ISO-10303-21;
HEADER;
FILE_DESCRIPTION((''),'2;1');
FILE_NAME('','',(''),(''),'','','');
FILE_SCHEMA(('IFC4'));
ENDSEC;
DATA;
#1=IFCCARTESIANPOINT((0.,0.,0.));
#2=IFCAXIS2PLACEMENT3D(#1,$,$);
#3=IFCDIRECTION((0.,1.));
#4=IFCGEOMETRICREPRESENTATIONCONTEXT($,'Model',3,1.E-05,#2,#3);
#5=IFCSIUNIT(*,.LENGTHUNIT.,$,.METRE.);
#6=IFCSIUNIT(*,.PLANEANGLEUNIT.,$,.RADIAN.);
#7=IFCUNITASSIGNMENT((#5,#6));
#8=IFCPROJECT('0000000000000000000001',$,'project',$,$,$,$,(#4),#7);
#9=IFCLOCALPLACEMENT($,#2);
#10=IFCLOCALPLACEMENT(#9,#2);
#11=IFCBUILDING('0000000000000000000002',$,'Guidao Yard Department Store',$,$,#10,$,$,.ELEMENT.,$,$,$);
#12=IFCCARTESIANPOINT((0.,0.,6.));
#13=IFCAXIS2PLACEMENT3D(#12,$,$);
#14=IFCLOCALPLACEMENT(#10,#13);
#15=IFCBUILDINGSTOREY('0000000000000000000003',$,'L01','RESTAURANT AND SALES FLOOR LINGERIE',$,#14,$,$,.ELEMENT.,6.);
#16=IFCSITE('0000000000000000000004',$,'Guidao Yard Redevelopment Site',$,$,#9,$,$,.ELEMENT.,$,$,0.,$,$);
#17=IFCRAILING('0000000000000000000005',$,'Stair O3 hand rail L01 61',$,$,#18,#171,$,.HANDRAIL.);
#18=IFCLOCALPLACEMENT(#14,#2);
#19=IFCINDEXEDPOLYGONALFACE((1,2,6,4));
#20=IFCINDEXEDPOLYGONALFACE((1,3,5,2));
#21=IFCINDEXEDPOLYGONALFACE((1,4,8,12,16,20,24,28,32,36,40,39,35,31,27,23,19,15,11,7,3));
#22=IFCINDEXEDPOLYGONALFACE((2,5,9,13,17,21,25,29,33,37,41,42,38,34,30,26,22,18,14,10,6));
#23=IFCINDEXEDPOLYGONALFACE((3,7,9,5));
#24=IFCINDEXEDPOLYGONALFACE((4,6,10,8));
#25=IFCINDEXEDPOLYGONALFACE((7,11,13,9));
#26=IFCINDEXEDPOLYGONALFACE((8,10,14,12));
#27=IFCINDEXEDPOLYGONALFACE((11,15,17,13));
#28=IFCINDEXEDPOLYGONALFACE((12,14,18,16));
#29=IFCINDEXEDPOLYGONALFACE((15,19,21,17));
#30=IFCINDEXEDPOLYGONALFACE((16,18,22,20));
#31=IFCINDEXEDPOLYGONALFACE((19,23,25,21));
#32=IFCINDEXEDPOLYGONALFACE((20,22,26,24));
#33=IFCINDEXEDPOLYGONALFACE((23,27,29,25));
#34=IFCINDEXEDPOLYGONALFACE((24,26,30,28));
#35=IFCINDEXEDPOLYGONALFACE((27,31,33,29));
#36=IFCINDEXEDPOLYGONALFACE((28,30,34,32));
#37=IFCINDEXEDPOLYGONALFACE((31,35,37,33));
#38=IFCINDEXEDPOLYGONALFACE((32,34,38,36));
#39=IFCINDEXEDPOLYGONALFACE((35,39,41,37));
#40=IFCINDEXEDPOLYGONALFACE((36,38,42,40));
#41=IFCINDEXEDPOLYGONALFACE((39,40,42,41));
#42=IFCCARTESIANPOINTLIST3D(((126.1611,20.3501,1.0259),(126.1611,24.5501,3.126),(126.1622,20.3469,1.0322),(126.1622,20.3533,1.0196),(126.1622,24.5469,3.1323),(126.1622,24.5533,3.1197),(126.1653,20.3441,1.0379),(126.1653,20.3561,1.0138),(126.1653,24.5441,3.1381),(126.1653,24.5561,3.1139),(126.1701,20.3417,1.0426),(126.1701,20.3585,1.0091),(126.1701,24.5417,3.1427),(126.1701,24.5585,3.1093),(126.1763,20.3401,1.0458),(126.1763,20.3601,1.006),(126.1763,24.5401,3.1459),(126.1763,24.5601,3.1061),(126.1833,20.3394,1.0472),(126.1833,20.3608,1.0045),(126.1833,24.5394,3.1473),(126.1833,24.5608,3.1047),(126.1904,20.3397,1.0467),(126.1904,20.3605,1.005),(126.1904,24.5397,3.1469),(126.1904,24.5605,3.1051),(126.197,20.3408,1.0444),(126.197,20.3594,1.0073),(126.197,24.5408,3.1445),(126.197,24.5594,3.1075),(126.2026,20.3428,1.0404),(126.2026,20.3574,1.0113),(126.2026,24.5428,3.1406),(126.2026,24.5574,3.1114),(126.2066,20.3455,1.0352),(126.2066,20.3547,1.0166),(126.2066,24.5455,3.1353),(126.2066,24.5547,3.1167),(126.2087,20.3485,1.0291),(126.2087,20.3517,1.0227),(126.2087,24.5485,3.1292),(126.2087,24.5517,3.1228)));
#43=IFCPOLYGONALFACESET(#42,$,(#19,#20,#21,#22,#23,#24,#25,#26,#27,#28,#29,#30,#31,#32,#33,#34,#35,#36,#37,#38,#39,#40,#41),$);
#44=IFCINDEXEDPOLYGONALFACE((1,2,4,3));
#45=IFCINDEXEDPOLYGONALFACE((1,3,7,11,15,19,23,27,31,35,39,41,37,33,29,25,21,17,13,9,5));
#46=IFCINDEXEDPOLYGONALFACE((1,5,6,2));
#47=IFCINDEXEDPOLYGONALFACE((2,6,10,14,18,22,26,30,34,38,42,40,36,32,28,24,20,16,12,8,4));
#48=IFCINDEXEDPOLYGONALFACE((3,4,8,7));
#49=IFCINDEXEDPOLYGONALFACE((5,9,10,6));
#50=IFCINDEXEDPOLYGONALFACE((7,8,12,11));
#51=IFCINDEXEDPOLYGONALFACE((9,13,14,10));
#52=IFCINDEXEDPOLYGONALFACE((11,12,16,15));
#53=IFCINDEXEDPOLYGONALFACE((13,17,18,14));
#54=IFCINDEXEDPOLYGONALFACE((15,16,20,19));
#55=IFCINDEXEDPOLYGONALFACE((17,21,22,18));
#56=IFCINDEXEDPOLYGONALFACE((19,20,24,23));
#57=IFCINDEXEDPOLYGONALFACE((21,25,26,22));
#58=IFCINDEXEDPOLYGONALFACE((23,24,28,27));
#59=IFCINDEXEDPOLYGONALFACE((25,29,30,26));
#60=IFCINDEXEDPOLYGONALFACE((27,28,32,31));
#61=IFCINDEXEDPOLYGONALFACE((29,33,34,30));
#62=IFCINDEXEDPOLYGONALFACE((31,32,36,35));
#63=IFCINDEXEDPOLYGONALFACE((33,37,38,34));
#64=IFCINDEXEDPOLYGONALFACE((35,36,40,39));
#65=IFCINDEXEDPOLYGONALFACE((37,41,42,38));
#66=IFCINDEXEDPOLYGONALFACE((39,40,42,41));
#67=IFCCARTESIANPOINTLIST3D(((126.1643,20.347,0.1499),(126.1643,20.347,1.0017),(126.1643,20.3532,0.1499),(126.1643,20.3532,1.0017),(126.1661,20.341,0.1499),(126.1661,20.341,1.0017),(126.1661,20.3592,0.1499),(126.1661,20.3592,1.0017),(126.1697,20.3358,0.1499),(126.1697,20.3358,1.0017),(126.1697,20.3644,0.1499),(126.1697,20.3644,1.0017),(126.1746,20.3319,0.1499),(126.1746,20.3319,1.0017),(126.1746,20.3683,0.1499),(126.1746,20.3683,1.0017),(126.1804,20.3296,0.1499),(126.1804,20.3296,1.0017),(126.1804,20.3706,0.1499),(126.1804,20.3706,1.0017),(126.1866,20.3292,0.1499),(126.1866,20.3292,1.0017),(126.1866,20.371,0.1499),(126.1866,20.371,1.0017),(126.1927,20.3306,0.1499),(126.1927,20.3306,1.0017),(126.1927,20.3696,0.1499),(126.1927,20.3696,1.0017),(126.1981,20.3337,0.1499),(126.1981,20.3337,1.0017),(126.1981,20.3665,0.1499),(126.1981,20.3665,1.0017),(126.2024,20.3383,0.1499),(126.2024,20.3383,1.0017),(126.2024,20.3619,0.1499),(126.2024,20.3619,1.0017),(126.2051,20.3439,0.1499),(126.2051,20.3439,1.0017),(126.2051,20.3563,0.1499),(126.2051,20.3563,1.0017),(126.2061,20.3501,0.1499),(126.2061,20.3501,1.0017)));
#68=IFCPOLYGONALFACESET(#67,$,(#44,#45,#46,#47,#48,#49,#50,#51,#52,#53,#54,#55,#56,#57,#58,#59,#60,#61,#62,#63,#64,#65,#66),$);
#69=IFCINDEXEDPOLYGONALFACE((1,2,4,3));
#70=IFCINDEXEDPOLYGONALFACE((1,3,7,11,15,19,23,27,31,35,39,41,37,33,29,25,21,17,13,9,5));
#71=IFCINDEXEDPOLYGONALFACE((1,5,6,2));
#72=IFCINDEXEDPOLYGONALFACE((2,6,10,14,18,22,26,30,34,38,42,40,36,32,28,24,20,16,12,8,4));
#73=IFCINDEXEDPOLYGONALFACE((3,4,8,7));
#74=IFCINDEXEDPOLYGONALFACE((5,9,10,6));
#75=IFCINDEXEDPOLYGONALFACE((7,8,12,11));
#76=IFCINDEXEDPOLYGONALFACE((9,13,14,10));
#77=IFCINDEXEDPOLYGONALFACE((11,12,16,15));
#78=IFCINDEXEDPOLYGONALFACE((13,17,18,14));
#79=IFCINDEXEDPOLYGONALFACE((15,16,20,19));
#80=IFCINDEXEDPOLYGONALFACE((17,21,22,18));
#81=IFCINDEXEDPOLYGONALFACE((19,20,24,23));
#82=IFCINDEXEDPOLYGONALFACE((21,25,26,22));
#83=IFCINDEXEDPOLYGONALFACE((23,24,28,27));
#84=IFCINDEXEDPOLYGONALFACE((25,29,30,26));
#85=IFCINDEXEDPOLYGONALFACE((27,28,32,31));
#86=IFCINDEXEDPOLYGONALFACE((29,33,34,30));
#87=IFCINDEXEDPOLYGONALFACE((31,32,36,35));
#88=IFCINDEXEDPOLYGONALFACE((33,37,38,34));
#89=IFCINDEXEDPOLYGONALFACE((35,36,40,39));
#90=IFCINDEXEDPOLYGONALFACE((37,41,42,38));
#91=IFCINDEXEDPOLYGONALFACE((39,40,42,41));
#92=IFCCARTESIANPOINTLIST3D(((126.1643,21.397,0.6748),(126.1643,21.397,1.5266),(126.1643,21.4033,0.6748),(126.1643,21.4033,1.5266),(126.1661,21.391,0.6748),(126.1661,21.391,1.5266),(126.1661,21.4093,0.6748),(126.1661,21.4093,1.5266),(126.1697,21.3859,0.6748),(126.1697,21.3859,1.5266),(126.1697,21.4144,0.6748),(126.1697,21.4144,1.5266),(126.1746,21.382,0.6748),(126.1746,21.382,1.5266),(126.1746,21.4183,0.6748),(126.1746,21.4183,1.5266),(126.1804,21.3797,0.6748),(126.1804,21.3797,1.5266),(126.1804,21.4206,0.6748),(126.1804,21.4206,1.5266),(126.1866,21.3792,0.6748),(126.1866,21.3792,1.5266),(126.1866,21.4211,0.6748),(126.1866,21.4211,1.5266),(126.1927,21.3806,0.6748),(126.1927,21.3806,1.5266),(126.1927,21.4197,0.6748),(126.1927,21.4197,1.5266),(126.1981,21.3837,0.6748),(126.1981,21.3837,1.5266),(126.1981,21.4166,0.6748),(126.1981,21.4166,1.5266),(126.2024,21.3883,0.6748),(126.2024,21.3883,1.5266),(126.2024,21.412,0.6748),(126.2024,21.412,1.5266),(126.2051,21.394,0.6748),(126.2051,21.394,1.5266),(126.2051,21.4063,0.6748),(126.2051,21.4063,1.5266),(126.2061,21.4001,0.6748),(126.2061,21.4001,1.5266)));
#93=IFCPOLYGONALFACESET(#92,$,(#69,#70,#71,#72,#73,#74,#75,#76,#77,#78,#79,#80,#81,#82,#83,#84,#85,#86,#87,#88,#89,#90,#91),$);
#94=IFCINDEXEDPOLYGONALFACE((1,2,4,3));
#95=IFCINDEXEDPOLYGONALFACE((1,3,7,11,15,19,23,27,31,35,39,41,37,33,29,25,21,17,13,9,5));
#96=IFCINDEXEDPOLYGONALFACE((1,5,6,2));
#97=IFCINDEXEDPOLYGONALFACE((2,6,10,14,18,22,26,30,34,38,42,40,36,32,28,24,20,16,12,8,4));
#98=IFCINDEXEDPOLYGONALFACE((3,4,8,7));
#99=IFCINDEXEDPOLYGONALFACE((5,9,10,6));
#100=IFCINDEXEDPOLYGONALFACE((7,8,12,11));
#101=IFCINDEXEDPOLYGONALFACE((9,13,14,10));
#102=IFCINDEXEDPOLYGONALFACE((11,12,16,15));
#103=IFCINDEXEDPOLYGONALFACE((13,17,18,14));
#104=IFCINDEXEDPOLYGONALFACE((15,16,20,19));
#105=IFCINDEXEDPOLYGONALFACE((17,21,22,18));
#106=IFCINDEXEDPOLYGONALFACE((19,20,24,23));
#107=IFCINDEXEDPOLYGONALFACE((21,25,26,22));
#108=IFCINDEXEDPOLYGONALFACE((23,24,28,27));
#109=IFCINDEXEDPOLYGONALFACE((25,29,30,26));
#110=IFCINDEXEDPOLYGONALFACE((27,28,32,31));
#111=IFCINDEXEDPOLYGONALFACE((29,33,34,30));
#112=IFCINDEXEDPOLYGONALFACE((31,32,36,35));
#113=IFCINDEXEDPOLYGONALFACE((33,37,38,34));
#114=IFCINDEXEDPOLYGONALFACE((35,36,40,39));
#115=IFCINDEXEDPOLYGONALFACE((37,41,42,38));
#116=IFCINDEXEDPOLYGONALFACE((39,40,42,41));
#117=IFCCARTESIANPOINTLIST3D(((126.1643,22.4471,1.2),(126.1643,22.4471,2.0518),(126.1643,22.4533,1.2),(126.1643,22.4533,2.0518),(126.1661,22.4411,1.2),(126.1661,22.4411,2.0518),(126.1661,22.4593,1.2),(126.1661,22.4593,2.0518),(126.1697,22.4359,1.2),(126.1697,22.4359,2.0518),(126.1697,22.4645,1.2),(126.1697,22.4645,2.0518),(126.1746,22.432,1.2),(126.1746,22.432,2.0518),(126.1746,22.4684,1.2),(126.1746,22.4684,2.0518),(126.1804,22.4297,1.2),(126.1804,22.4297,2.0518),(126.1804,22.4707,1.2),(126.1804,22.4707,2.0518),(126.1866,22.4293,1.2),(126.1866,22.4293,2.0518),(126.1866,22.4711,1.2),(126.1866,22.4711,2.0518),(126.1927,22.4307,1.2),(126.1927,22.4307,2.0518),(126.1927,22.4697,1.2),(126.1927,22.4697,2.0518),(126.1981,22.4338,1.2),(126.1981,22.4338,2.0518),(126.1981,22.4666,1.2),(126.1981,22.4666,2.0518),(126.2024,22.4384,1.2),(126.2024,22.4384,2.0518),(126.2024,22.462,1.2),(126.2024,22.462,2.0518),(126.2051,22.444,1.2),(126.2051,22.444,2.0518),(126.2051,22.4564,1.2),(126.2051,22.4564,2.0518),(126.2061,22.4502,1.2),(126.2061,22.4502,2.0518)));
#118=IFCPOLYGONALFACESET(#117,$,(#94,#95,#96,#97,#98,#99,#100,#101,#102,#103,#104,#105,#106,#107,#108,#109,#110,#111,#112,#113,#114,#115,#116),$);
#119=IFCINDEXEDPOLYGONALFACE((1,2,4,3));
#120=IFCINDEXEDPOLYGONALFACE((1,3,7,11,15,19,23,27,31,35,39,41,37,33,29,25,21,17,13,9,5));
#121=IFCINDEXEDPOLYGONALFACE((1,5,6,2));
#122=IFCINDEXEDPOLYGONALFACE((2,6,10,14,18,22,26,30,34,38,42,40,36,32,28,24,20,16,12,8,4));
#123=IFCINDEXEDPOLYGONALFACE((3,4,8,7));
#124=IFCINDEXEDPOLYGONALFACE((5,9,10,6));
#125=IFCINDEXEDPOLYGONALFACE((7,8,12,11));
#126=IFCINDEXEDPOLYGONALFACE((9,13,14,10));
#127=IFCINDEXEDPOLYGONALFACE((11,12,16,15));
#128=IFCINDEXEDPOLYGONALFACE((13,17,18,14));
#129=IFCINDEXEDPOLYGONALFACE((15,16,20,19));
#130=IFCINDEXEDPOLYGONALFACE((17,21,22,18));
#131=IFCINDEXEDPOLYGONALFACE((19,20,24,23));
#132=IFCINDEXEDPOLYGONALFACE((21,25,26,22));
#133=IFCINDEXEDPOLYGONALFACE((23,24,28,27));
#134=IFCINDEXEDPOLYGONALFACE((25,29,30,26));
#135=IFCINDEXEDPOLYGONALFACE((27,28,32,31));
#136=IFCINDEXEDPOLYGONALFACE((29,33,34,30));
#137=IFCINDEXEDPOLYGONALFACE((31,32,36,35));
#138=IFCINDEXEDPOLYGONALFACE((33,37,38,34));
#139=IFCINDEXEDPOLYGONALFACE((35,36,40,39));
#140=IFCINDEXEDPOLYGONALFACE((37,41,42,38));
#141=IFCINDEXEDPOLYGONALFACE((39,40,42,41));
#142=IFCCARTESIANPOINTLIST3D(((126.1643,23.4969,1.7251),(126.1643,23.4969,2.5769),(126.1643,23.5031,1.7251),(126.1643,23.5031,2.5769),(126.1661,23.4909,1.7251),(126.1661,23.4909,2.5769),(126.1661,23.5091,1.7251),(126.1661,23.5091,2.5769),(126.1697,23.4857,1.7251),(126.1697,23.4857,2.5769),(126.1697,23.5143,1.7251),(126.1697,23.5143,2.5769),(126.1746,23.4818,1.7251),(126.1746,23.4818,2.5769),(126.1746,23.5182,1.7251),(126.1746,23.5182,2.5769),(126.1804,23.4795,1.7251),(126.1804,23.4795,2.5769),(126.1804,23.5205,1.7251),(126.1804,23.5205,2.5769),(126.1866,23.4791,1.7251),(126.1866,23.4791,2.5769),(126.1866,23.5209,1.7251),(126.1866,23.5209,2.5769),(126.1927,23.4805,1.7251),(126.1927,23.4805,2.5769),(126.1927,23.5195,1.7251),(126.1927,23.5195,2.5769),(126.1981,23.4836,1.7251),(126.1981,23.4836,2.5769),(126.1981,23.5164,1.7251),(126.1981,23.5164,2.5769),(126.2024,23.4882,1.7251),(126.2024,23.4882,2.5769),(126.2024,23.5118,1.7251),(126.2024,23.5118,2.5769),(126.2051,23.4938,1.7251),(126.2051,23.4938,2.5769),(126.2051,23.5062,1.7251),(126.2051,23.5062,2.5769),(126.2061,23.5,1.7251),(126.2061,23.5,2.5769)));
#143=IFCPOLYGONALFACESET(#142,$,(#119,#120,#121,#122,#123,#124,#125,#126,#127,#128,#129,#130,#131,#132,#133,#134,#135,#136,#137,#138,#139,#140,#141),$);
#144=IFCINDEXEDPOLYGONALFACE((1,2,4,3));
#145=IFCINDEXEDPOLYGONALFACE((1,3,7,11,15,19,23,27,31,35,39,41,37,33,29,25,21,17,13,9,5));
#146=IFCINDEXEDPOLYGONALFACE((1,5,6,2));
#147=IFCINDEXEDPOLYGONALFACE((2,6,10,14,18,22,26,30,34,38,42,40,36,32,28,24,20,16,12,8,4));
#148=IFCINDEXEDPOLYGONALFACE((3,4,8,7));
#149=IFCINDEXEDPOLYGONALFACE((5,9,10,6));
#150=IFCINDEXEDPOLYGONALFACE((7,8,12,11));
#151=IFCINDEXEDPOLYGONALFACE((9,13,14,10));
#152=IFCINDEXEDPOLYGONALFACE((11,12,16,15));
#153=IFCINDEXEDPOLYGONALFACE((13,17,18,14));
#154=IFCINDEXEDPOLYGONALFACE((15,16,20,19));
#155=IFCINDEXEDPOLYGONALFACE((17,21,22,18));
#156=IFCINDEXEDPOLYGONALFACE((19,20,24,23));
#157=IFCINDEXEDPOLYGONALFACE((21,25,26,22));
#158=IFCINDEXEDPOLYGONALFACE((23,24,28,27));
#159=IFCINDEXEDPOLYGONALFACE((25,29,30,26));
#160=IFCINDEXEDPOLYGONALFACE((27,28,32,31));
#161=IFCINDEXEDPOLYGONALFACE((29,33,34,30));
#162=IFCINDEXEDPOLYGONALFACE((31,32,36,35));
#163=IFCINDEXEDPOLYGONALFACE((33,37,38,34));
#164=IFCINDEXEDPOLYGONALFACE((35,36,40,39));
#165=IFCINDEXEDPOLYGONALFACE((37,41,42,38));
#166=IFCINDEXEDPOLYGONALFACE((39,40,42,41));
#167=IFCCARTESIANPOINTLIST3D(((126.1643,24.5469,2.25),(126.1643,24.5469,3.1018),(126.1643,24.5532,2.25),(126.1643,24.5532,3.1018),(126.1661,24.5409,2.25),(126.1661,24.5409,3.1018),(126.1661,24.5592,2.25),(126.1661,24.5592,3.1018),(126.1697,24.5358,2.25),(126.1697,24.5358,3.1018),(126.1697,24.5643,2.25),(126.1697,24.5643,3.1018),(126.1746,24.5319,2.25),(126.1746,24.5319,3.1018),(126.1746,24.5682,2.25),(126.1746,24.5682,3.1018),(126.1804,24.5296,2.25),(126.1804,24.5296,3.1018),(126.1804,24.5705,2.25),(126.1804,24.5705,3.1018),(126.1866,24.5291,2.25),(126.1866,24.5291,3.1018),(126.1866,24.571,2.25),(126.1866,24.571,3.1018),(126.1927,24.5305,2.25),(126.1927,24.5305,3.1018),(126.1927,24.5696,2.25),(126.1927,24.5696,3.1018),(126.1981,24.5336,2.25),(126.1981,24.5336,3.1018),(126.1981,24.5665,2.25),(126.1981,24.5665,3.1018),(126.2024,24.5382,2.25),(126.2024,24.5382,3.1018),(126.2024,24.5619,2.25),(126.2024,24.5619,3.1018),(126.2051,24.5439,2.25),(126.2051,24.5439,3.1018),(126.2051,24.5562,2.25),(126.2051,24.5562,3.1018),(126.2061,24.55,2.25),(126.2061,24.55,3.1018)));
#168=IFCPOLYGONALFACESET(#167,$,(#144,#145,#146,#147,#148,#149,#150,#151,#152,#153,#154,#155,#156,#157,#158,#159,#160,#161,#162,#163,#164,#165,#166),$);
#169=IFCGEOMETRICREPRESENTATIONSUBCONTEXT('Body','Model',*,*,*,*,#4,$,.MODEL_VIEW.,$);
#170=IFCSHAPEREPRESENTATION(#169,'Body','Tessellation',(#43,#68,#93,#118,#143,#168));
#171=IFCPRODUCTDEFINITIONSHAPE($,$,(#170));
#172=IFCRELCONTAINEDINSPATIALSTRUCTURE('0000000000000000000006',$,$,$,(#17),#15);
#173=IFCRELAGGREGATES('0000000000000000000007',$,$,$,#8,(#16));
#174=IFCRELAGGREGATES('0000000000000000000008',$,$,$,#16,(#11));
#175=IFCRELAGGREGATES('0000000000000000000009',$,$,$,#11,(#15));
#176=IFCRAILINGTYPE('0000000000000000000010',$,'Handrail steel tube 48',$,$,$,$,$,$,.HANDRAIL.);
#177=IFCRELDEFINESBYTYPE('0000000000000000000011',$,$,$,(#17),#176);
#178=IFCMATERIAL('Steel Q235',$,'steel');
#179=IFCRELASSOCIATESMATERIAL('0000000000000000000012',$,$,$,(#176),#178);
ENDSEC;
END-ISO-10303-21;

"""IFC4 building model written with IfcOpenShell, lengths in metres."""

from ifc_helpers import new_model, si_unit, direction, frame, origin, origin_2d, place, context, subcontext, project, spatial, circle, extrude, material, type_object, element, save


model = new_model("IFC4")

# Units and contexts
model_context = context("Model", 3, precision=1e-05, world=origin(), true_north=direction((0.0, 1.0)))
body_context = subcontext(model_context, "Body", "Model", "MODEL_VIEW")
ifc_project = project(units=[si_unit("LENGTHUNIT", "METRE"), si_unit("PLANEANGLEUNIT", "RADIAN")], contexts=[model_context])

# Site, building, storey
site_placement = place(None, origin())
site = spatial("IfcSite", under=ifc_project, at=site_placement, Name="Guidao Yard Redevelopment Site", CompositionType="ELEMENT", RefElevation=0.0)
building_placement = place(site_placement, origin())
building = spatial("IfcBuilding", under=site, at=building_placement, Name="Guidao Yard Department Store", CompositionType="ELEMENT")
storey_placement = place(building_placement, frame((0.0, 0.0, 6.0)))
storey = spatial("IfcBuildingStorey", under=building, at=storey_placement, Name="L01", Description="RESTAURANT AND SALES FLOOR LINGERIE", CompositionType="ELEMENT", Elevation=6.0)

# Railing
ifc_material_1 = material(Name="Steel Q235", Category="steel")
railing_type_1 = type_object("IfcRailingType", Name="Handrail steel tube 48", PredefinedType="HANDRAIL", material=ifc_material_1)
for number, where, name in (
    (1, (126.1851, 20.3501, 0.1499), "Stair O3 hand rail L01 61"),
):
    element("IfcRailing", number, at=place(storey_placement, frame(where)), inside=storey, type_object=railing_type_1, Name=name, PredefinedType="HANDRAIL", context=body_context, shape_type="SweptSolid", body=[
        extrude(circle(Radius=0.0239, at=origin_2d()), frame((0.0, 0.0, 0.876), z_axis=(0.0, 0.894417, 0.447234), x_axis=(-1.0, 0.0, 0.0)), (0.0, 0.0, 1.0), 4.6958),
        extrude(circle(Radius=0.021, at=origin_2d()), origin(), (0.0, 0.0, 1.0), 0.8518),
        extrude(circle(Radius=0.021, at=origin_2d()), frame((0.0, 1.05, 0.5249)), (0.0, 0.0, 1.0), 0.8518),
        extrude(circle(Radius=0.021, at=origin_2d()), frame((0.0, 2.1001, 1.05)), (0.0, 0.0, 1.0), 0.8518),
        extrude(circle(Radius=0.021, at=origin_2d()), frame((0.0, 3.1499, 1.5752)), (0.0, 0.0, 1.0), 0.8518),
        extrude(circle(Radius=0.021, at=origin_2d()), frame((0.0, 4.2, 2.1001)), (0.0, 0.0, 1.0), 0.8518),
    ])

save(model, "model.ifc")
